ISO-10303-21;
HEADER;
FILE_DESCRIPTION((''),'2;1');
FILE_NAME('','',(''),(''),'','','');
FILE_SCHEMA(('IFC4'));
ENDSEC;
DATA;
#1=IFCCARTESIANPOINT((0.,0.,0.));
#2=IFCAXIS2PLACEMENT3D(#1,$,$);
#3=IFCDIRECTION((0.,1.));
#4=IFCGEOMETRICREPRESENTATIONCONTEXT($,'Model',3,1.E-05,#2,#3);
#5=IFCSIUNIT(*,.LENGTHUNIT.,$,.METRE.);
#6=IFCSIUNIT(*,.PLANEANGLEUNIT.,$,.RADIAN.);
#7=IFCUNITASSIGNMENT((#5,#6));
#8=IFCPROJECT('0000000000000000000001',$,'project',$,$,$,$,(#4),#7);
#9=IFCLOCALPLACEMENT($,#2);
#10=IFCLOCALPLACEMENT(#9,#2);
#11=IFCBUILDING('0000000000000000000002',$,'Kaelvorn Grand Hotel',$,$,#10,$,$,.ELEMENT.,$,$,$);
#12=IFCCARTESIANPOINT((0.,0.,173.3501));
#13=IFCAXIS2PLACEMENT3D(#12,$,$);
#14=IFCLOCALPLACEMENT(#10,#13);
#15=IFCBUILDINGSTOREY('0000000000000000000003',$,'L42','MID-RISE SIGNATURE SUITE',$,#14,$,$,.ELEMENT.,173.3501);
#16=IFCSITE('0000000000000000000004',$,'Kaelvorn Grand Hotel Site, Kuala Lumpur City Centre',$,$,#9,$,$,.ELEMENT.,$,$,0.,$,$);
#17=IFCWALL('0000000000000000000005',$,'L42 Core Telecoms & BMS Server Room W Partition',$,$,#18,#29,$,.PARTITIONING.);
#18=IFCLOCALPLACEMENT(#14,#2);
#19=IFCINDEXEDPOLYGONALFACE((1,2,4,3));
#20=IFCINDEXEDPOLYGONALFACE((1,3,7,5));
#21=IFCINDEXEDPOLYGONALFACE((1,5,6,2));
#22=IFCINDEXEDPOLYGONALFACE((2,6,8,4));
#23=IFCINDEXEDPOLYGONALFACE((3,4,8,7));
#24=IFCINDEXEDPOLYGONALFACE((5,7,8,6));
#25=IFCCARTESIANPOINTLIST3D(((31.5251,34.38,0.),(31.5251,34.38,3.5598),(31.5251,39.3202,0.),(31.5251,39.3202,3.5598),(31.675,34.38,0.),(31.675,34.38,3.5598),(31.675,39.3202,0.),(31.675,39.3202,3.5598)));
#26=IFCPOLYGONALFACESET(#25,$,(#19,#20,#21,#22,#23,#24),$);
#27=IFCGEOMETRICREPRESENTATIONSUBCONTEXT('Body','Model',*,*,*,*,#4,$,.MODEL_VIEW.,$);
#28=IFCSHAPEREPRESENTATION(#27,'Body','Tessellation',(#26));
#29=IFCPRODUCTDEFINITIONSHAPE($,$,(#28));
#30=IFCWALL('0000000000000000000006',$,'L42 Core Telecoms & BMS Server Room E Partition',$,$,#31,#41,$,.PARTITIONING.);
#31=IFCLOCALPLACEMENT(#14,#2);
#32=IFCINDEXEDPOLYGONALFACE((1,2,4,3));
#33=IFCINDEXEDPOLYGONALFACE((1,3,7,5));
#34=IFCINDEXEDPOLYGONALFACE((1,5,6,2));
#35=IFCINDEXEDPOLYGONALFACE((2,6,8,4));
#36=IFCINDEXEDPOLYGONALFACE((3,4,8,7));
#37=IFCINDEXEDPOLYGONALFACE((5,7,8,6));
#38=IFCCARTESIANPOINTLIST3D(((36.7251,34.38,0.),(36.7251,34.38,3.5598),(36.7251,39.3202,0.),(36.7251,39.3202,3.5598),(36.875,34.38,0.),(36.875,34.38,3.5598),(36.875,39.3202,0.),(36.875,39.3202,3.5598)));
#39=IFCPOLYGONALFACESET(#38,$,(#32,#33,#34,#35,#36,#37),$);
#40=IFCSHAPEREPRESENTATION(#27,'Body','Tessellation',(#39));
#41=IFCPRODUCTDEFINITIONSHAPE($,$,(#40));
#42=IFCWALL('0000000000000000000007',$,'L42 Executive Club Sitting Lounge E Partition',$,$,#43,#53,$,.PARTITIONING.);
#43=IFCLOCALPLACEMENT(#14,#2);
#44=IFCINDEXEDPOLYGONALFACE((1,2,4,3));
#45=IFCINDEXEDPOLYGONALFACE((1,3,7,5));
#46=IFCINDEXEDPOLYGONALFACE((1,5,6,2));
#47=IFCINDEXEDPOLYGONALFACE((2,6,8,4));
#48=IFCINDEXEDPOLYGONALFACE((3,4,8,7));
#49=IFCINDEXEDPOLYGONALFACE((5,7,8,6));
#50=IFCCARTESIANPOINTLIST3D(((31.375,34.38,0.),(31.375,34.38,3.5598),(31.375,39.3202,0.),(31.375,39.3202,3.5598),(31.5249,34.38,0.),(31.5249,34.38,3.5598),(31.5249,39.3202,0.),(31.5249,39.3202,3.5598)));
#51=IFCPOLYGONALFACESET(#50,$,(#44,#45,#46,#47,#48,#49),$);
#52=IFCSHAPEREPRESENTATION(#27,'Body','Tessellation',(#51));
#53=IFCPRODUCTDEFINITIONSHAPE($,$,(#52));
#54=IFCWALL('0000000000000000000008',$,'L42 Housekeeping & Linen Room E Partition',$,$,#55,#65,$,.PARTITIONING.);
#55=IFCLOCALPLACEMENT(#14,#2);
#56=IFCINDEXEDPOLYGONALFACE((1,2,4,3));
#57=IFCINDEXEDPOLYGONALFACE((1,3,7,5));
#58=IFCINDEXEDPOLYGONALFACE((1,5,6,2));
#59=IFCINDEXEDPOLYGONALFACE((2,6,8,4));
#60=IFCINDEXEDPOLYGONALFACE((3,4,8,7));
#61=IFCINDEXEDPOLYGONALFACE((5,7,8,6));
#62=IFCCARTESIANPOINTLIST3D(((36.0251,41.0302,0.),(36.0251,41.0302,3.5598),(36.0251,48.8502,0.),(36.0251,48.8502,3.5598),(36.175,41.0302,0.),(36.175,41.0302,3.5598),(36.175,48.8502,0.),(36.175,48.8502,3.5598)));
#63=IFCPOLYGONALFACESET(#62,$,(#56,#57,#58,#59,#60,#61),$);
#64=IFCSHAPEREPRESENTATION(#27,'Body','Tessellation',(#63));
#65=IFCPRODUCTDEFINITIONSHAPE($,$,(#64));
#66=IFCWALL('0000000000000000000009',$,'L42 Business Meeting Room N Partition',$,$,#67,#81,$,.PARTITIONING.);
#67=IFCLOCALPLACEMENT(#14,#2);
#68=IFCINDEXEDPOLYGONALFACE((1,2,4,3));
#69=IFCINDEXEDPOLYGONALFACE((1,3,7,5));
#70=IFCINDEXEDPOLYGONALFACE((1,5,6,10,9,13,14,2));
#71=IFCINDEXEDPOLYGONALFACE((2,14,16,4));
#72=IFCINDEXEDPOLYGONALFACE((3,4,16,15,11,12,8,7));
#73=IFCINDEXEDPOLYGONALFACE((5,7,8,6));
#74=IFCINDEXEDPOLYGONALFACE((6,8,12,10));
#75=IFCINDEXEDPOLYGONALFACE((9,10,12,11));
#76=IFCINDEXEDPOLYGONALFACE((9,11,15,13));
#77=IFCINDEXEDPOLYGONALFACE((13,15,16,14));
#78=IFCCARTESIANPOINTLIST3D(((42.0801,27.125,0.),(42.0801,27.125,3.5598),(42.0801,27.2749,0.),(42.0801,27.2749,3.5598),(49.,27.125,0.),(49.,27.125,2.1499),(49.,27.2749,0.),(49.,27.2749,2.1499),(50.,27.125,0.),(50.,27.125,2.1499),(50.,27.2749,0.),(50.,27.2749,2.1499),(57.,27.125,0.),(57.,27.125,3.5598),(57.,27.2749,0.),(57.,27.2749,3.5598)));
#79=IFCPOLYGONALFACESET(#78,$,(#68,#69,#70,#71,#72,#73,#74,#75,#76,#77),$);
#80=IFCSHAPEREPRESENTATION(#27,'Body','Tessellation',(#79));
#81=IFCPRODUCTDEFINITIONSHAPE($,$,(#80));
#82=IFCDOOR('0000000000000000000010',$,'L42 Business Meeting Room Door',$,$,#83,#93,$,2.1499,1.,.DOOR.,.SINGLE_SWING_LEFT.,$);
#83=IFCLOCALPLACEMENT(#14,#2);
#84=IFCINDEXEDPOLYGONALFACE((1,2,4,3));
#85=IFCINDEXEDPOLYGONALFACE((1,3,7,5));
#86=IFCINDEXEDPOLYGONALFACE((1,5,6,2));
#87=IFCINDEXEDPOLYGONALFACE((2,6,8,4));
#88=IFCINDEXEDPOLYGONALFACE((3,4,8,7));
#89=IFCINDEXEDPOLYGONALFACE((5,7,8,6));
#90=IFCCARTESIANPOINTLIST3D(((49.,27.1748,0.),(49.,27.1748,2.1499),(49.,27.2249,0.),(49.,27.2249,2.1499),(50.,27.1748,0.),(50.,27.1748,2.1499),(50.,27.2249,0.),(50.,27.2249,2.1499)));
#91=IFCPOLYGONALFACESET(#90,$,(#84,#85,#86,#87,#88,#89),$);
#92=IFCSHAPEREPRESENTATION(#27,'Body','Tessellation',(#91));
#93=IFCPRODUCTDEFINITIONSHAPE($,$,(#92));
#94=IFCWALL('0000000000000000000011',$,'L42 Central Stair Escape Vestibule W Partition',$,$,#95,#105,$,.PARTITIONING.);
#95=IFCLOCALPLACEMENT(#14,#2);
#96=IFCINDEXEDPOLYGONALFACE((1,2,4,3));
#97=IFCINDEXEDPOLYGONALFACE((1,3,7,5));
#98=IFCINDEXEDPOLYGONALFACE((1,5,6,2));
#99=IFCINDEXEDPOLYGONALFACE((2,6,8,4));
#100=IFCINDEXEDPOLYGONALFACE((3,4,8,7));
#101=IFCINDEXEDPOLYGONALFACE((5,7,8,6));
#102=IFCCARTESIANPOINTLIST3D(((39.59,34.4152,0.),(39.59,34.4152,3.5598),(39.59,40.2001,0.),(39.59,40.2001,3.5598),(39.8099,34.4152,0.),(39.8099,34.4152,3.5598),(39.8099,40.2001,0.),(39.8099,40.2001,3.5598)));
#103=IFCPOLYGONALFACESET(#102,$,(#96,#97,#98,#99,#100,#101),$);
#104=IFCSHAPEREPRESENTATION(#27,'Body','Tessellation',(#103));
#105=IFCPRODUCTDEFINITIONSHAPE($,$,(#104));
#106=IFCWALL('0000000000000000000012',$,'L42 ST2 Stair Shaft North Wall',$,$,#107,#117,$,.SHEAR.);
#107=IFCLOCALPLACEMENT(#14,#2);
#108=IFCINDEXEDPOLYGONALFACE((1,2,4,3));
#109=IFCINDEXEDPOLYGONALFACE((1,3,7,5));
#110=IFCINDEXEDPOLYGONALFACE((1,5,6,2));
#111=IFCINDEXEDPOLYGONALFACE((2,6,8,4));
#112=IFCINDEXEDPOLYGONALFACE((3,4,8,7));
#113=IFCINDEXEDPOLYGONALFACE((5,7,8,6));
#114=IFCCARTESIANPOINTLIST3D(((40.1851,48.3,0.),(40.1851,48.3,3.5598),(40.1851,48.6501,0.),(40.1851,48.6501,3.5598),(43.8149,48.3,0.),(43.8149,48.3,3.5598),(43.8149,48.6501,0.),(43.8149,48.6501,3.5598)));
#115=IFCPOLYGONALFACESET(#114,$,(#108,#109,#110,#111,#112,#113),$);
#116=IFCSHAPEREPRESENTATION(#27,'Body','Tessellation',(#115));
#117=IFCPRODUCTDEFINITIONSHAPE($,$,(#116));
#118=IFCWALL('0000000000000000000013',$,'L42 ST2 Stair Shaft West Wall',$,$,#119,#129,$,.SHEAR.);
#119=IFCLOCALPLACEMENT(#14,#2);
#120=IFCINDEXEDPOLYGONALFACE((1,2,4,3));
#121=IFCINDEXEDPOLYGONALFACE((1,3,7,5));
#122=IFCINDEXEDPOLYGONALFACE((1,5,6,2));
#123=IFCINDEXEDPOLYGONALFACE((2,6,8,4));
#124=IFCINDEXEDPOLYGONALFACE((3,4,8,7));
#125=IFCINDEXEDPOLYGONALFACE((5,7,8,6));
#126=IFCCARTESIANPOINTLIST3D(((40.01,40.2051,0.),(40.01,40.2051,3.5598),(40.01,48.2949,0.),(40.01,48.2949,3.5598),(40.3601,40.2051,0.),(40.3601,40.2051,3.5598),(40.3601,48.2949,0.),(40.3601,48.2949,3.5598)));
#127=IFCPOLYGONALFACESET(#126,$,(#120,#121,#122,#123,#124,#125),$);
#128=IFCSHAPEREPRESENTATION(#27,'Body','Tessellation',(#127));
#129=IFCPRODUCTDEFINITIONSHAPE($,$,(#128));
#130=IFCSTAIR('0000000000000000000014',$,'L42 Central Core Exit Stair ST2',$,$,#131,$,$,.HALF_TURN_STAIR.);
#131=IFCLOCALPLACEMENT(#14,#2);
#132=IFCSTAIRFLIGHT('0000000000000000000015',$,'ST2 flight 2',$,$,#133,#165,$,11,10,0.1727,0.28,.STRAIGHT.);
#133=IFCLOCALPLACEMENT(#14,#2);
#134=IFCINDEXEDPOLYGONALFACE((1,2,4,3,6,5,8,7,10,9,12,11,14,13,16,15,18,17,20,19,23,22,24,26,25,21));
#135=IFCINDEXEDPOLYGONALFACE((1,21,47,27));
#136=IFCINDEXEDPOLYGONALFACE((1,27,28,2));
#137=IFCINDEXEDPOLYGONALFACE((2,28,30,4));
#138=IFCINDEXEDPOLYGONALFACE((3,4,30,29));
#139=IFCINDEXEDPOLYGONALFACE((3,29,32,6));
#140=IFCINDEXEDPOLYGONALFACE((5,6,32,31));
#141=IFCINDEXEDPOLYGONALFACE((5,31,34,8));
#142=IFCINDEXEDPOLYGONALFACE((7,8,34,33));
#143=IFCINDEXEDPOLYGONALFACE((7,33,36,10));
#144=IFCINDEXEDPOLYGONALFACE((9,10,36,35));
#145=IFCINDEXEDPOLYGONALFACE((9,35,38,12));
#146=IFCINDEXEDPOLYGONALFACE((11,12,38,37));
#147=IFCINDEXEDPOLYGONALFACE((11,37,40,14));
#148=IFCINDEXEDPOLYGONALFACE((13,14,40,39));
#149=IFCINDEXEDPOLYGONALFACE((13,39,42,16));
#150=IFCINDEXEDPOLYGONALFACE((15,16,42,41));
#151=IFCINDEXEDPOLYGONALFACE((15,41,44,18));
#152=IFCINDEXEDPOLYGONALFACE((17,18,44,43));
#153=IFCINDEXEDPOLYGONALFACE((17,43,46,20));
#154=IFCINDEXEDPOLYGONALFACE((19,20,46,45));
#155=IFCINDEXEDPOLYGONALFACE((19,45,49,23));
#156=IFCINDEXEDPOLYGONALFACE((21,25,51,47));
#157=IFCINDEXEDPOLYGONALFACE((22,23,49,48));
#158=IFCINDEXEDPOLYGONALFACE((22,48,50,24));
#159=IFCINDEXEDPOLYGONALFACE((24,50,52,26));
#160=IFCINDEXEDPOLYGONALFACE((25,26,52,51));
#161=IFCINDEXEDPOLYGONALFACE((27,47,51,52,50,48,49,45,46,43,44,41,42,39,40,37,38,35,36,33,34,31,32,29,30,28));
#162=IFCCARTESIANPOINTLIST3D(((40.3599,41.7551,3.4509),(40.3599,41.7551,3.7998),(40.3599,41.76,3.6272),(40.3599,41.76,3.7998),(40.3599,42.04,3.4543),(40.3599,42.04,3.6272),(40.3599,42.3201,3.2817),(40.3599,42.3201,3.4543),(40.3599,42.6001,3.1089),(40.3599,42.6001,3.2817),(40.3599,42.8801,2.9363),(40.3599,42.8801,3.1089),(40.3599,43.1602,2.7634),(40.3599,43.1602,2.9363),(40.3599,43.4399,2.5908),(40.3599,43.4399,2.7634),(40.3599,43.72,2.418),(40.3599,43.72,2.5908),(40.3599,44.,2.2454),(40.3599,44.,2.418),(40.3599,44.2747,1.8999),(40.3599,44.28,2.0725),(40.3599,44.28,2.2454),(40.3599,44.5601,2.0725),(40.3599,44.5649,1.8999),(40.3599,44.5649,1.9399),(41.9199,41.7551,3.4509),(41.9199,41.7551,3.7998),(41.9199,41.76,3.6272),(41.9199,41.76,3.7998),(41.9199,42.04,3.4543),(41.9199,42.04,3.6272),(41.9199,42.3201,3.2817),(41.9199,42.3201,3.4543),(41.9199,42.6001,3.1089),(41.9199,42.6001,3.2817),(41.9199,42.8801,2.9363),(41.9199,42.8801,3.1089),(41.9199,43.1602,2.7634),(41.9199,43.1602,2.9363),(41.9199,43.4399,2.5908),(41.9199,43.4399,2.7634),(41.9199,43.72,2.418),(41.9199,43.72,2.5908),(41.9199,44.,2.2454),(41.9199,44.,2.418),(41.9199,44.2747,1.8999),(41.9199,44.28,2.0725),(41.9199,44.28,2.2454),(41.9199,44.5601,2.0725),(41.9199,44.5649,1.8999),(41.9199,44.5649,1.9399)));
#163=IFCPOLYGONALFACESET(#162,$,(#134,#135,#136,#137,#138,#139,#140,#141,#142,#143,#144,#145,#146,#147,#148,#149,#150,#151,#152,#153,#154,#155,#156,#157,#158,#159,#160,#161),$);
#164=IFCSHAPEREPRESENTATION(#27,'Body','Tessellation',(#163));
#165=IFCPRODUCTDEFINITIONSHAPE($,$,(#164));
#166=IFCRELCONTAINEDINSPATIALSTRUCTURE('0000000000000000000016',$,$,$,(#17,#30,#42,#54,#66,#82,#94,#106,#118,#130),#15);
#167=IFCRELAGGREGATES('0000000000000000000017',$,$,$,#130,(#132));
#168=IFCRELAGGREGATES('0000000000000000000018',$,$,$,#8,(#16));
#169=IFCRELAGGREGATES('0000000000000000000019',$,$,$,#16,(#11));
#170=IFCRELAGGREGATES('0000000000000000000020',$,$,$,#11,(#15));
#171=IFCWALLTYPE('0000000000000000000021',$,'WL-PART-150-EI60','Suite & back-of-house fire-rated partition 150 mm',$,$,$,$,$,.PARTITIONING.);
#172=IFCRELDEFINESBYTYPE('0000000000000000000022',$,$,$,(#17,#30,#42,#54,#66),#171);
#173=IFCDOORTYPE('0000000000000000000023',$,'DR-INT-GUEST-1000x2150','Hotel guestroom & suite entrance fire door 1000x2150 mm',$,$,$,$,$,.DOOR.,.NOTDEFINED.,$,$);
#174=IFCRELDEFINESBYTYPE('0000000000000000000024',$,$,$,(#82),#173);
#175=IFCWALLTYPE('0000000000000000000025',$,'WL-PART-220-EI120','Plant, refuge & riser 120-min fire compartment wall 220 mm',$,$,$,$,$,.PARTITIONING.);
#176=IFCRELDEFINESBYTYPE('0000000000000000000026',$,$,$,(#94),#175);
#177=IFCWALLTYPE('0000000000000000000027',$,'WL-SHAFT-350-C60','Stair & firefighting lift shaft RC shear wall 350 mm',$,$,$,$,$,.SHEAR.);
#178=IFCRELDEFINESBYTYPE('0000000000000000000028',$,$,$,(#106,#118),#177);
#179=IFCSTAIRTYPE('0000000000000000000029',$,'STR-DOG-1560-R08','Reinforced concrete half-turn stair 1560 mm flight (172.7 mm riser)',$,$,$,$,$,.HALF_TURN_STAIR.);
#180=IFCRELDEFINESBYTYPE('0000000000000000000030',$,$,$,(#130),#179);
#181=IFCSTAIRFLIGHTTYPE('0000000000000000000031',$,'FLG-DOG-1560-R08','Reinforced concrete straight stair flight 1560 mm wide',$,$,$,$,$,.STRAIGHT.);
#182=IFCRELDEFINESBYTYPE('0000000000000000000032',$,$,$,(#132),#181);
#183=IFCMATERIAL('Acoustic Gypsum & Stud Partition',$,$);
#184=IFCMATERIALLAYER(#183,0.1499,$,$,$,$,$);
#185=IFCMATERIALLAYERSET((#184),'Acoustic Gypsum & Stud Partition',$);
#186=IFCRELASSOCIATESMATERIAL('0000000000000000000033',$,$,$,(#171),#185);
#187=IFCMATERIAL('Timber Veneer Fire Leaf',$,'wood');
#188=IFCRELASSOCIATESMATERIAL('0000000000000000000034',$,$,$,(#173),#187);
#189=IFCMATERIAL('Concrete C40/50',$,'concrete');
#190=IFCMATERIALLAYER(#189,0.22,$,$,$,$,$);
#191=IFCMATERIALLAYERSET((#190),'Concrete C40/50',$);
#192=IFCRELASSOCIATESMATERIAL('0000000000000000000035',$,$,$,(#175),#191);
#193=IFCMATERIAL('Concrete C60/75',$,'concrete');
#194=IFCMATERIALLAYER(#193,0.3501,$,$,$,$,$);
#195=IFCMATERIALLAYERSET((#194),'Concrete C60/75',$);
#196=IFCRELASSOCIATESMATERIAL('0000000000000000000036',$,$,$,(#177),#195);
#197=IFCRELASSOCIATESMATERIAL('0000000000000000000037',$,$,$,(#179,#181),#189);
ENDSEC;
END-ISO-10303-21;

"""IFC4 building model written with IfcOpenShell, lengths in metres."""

from ifc_helpers import new_model, si_unit, direction, frame, frame_2d, origin, place, context, subcontext, project, spatial, polyline, rectangle, outline, extrude, material, layer, layer_set, type_object, element, fill, aggregate, save


model = new_model("IFC4")

# Units and contexts
model_context = context("Model", 3, precision=1e-05, world=origin(), true_north=direction((0.0, 1.0)))
body_context = subcontext(model_context, "Body", "Model", "MODEL_VIEW")
ifc_project = project(units=[si_unit("LENGTHUNIT", "METRE"), si_unit("PLANEANGLEUNIT", "RADIAN")], contexts=[model_context])

# Site, building, storey
site_placement = place(None, origin())
site = spatial("IfcSite", under=ifc_project, at=site_placement, Name="Kaelvorn Grand Hotel Site, Kuala Lumpur City Centre", CompositionType="ELEMENT", RefElevation=0.0)
building_placement = place(site_placement, origin())
building = spatial("IfcBuilding", under=site, at=building_placement, Name="Kaelvorn Grand Hotel", CompositionType="ELEMENT")
storey_placement = place(building_placement, frame((0.0, 0.0, 173.3501)))
storey = spatial("IfcBuildingStorey", under=building, at=storey_placement, Name="L42", Description="MID-RISE SIGNATURE SUITE", CompositionType="ELEMENT", Elevation=173.3501)

# Shared definitions
ifc_material_1 = material(Name="Concrete C60/75", Category="concrete")

# Shared definitions
ifc_material_2 = material(Name="Acoustic Gypsum & Stud Partition")
ifc_layer_1 = layer(ifc_material_2, 0.1499)
ifc_layer_set_1 = layer_set([ifc_layer_1], Name="Acoustic Gypsum & Stud Partition")
wall_type_1 = type_object("IfcWallType", Name="WL-PART-150-EI60", Description="Suite & back-of-house fire-rated partition 150 mm", PredefinedType="PARTITIONING", material=ifc_layer_set_1)

# Walls
for number, where, z_axis, x_axis, name in (
    (1, (31.6001, 34.3799, 0.0), (0.0, 0.0, 1.0), (0.0, 1.0, 0.0), "L42 Core Telecoms & BMS Server Room W Partition"),
    (2, (36.8, 34.3799, 0.0), (0.0, 0.0, 1.0), (0.0, 1.0, 0.0), "L42 Core Telecoms & BMS Server Room E Partition"),
    (3, (31.45, 34.3799, 0.0), (0.0, 0.0, 1.0), (0.0, 1.0, 0.0), "L42 Executive Club Sitting Lounge E Partition"),
):
    element("IfcWall", number, at=place(storey_placement, frame(where, z_axis=z_axis, x_axis=x_axis)), inside=storey, type_object=wall_type_1, Name=name, PredefinedType="PARTITIONING", context=body_context, shape_type="SweptSolid", body=[
        extrude(rectangle(XDim=4.9402, YDim=0.1499, at=frame_2d((2.4702, 0.0))), origin(), (0.0, 0.0, 1.0), 3.5598),
    ])
wall_1_placement = place(storey_placement, frame((36.1001, 41.03, 0.0), z_axis=(0.0, 0.0, 1.0), x_axis=(0.0, 1.0, 0.0)))
element("IfcWall", 4, at=wall_1_placement, inside=storey, type_object=wall_type_1, Name="L42 Housekeeping & Linen Room E Partition", PredefinedType="PARTITIONING", context=body_context, shape_type="SweptSolid", body=[
    extrude(rectangle(XDim=7.8201, YDim=0.1499, at=frame_2d((3.9102, 0.0))), origin(), (0.0, 0.0, 1.0), 3.5598),
])

# Wall, opening, door
wall_2_placement = place(storey_placement, frame((42.0801, 27.2, 0.0), z_axis=(0.0, 0.0, 1.0), x_axis=(1.0, 0.0, 0.0)))
wall_2 = element("IfcWall", 5, at=wall_2_placement, inside=storey, type_object=wall_type_1, Name="L42 Business Meeting Room N Partition", PredefinedType="PARTITIONING", context=body_context, shape_type="SweptSolid", body=[
    extrude(rectangle(XDim=14.9199, YDim=0.1499, at=frame_2d((7.46, 0.0))), origin(), (0.0, 0.0, 1.0), 3.5598),
])
opening_1_placement = place(wall_2_placement, frame((6.9199, 0.0, 0.0)))
opening_1 = element("IfcOpeningElement", 6, at=opening_1_placement, cuts=wall_2, PredefinedType="OPENING", context=body_context, shape_type="SweptSolid", body=[
    extrude(rectangle(XDim=1.0, YDim=2.1499, at=frame_2d((0.5, 1.075))), frame((0.0, 0.085, 0.0), z_axis=(0.0, -1.0, 0.0), x_axis=(1.0, 0.0, 0.0)), (0.0, 0.0, 1.0), 0.1699),
])
ifc_material_3 = material(Name="Timber Veneer Fire Leaf", Category="wood")
door_type_1 = type_object("IfcDoorType", Name="DR-INT-GUEST-1000x2150", Description="Hotel guestroom & suite entrance fire door 1000x2150 mm", OperationType="NOTDEFINED", PredefinedType="DOOR", material=ifc_material_3)
door_1_placement = place(opening_1_placement, origin())
door_1 = element("IfcDoor", 7, at=door_1_placement, inside=storey, type_object=door_type_1, Name="L42 Business Meeting Room Door", OperationType="SINGLE_SWING_LEFT", OverallHeight=2.1499, OverallWidth=1.0, PredefinedType="DOOR", context=body_context, shape_type="SweptSolid", body=[
    extrude(rectangle(XDim=1.0, YDim=2.1499, at=frame_2d((0.5, 1.075))), frame((0.0, 0.0249, 0.0), z_axis=(0.0, -1.0, 0.0), x_axis=(1.0, 0.0, 0.0)), (0.0, 0.0, 1.0), 0.05),
])
fill(opening_1, door_1)
ifc_material_4 = material(Name="Concrete C40/50", Category="concrete")
ifc_layer_2 = layer(ifc_material_4, 0.22)
ifc_layer_set_2 = layer_set([ifc_layer_2], Name="Concrete C40/50")
wall_type_2 = type_object("IfcWallType", Name="WL-PART-220-EI120", Description="Plant, refuge & riser 120-min fire compartment wall 220 mm", PredefinedType="PARTITIONING", material=ifc_layer_set_2)

# Wall
wall_3_placement = place(storey_placement, frame((39.7, 34.415, 0.0), z_axis=(0.0, 0.0, 1.0), x_axis=(0.0, 1.0, 0.0)))
element("IfcWall", 8, at=wall_3_placement, inside=storey, type_object=wall_type_2, Name="L42 Central Stair Escape Vestibule W Partition", PredefinedType="PARTITIONING", context=body_context, shape_type="SweptSolid", body=[
    extrude(rectangle(XDim=5.7849, YDim=0.22, at=frame_2d((2.8926, 0.0))), origin(), (0.0, 0.0, 1.0), 3.5598),
])

# Shared definitions
ifc_layer_3 = layer(ifc_material_1, 0.3501)
ifc_layer_set_3 = layer_set([ifc_layer_3], Name="Concrete C60/75")
wall_type_3 = type_object("IfcWallType", Name="WL-SHAFT-350-C60", Description="Stair & firefighting lift shaft RC shear wall 350 mm", PredefinedType="SHEAR", material=ifc_layer_set_3)

# Walls
wall_4_placement = place(storey_placement, frame((40.1851, 48.4751, 0.0), z_axis=(0.0, 0.0, 1.0), x_axis=(1.0, 0.0, 0.0)))
element("IfcWall", 9, at=wall_4_placement, inside=storey, type_object=wall_type_3, Name="L42 ST2 Stair Shaft North Wall", PredefinedType="SHEAR", context=body_context, shape_type="SweptSolid", body=[
    extrude(rectangle(XDim=3.6299, YDim=0.3501, at=frame_2d((1.8149, 0.0))), origin(), (0.0, 0.0, 1.0), 3.5598),
])
wall_5_placement = place(storey_placement, frame((40.1851, 40.2051, 0.0), z_axis=(0.0, 0.0, 1.0), x_axis=(0.0, 1.0, 0.0)))
element("IfcWall", 10, at=wall_5_placement, inside=storey, type_object=wall_type_3, Name="L42 ST2 Stair Shaft West Wall", PredefinedType="SHEAR", context=body_context, shape_type="SweptSolid", body=[
    extrude(rectangle(XDim=8.0898, YDim=0.3501, at=frame_2d((4.0449, 0.0))), origin(), (0.0, 0.0, 1.0), 3.5598),
])

# Stair, stair flight
stair_type = type_object("IfcStairType", Name="STR-DOG-1560-R08", Description="Reinforced concrete half-turn stair 1560 mm flight (172.7 mm riser)", PredefinedType="HALF_TURN_STAIR", material=ifc_material_4)
stair_placement = place(storey_placement, origin())
stair = element("IfcStair", 11, at=stair_placement, inside=storey, type_object=stair_type, Name="L42 Central Core Exit Stair ST2", PredefinedType="HALF_TURN_STAIR")
stair_flight_type = type_object("IfcStairFlightType", Name="FLG-DOG-1560-R08", Description="Reinforced concrete straight stair flight 1560 mm wide", PredefinedType="STRAIGHT", material=ifc_material_4)
stair_flight_placement = place(storey_placement, frame((41.1399, 44.5601, 1.8999), z_axis=(0.0, 0.0, 1.0), x_axis=(0.0, -1.0, 0.0)))
stair_flight = element("IfcStairFlight", 12, at=stair_flight_placement, type_object=stair_flight_type, Name="ST2 flight 2", NumberOfRisers=11, NumberOfTreads=10, PredefinedType="STRAIGHT", RiserHeight=0.1727, TreadLength=0.28, context=body_context, shape_type="SweptSolid", body=[
    extrude(outline(polyline([(-0.0049, 0.0), (-0.0049, 0.04), (0.0, 0.1726), (0.28, 0.1726), (0.28, 0.3455), (0.5601, 0.3455), (0.5601, 0.5181), (0.8401, 0.5181), (0.8401, 0.6909), (1.1201, 0.6909), (1.1201, 0.8635), (1.3999, 0.8635), (1.3999, 1.0364), (1.6799, 1.0364), (1.6799, 1.209), (1.96, 1.209), (1.96, 1.3818), (2.24, 1.3818), (2.24, 1.5544), (2.52, 1.5544), (2.52, 1.7273), (2.8, 1.7273), (2.8, 1.8999), (2.8049, 1.8999), (2.8049, 1.551), (0.2854, 0.0), (-0.0049, 0.0)])), frame((0.0, 0.78, 0.0), z_axis=(0.0, -1.0, 0.0), x_axis=(1.0, 0.0, 0.0)), (0.0, 0.0, 1.0), 1.5601),
])
aggregate(stair, [stair_flight])

save(model, "model.ifc")
